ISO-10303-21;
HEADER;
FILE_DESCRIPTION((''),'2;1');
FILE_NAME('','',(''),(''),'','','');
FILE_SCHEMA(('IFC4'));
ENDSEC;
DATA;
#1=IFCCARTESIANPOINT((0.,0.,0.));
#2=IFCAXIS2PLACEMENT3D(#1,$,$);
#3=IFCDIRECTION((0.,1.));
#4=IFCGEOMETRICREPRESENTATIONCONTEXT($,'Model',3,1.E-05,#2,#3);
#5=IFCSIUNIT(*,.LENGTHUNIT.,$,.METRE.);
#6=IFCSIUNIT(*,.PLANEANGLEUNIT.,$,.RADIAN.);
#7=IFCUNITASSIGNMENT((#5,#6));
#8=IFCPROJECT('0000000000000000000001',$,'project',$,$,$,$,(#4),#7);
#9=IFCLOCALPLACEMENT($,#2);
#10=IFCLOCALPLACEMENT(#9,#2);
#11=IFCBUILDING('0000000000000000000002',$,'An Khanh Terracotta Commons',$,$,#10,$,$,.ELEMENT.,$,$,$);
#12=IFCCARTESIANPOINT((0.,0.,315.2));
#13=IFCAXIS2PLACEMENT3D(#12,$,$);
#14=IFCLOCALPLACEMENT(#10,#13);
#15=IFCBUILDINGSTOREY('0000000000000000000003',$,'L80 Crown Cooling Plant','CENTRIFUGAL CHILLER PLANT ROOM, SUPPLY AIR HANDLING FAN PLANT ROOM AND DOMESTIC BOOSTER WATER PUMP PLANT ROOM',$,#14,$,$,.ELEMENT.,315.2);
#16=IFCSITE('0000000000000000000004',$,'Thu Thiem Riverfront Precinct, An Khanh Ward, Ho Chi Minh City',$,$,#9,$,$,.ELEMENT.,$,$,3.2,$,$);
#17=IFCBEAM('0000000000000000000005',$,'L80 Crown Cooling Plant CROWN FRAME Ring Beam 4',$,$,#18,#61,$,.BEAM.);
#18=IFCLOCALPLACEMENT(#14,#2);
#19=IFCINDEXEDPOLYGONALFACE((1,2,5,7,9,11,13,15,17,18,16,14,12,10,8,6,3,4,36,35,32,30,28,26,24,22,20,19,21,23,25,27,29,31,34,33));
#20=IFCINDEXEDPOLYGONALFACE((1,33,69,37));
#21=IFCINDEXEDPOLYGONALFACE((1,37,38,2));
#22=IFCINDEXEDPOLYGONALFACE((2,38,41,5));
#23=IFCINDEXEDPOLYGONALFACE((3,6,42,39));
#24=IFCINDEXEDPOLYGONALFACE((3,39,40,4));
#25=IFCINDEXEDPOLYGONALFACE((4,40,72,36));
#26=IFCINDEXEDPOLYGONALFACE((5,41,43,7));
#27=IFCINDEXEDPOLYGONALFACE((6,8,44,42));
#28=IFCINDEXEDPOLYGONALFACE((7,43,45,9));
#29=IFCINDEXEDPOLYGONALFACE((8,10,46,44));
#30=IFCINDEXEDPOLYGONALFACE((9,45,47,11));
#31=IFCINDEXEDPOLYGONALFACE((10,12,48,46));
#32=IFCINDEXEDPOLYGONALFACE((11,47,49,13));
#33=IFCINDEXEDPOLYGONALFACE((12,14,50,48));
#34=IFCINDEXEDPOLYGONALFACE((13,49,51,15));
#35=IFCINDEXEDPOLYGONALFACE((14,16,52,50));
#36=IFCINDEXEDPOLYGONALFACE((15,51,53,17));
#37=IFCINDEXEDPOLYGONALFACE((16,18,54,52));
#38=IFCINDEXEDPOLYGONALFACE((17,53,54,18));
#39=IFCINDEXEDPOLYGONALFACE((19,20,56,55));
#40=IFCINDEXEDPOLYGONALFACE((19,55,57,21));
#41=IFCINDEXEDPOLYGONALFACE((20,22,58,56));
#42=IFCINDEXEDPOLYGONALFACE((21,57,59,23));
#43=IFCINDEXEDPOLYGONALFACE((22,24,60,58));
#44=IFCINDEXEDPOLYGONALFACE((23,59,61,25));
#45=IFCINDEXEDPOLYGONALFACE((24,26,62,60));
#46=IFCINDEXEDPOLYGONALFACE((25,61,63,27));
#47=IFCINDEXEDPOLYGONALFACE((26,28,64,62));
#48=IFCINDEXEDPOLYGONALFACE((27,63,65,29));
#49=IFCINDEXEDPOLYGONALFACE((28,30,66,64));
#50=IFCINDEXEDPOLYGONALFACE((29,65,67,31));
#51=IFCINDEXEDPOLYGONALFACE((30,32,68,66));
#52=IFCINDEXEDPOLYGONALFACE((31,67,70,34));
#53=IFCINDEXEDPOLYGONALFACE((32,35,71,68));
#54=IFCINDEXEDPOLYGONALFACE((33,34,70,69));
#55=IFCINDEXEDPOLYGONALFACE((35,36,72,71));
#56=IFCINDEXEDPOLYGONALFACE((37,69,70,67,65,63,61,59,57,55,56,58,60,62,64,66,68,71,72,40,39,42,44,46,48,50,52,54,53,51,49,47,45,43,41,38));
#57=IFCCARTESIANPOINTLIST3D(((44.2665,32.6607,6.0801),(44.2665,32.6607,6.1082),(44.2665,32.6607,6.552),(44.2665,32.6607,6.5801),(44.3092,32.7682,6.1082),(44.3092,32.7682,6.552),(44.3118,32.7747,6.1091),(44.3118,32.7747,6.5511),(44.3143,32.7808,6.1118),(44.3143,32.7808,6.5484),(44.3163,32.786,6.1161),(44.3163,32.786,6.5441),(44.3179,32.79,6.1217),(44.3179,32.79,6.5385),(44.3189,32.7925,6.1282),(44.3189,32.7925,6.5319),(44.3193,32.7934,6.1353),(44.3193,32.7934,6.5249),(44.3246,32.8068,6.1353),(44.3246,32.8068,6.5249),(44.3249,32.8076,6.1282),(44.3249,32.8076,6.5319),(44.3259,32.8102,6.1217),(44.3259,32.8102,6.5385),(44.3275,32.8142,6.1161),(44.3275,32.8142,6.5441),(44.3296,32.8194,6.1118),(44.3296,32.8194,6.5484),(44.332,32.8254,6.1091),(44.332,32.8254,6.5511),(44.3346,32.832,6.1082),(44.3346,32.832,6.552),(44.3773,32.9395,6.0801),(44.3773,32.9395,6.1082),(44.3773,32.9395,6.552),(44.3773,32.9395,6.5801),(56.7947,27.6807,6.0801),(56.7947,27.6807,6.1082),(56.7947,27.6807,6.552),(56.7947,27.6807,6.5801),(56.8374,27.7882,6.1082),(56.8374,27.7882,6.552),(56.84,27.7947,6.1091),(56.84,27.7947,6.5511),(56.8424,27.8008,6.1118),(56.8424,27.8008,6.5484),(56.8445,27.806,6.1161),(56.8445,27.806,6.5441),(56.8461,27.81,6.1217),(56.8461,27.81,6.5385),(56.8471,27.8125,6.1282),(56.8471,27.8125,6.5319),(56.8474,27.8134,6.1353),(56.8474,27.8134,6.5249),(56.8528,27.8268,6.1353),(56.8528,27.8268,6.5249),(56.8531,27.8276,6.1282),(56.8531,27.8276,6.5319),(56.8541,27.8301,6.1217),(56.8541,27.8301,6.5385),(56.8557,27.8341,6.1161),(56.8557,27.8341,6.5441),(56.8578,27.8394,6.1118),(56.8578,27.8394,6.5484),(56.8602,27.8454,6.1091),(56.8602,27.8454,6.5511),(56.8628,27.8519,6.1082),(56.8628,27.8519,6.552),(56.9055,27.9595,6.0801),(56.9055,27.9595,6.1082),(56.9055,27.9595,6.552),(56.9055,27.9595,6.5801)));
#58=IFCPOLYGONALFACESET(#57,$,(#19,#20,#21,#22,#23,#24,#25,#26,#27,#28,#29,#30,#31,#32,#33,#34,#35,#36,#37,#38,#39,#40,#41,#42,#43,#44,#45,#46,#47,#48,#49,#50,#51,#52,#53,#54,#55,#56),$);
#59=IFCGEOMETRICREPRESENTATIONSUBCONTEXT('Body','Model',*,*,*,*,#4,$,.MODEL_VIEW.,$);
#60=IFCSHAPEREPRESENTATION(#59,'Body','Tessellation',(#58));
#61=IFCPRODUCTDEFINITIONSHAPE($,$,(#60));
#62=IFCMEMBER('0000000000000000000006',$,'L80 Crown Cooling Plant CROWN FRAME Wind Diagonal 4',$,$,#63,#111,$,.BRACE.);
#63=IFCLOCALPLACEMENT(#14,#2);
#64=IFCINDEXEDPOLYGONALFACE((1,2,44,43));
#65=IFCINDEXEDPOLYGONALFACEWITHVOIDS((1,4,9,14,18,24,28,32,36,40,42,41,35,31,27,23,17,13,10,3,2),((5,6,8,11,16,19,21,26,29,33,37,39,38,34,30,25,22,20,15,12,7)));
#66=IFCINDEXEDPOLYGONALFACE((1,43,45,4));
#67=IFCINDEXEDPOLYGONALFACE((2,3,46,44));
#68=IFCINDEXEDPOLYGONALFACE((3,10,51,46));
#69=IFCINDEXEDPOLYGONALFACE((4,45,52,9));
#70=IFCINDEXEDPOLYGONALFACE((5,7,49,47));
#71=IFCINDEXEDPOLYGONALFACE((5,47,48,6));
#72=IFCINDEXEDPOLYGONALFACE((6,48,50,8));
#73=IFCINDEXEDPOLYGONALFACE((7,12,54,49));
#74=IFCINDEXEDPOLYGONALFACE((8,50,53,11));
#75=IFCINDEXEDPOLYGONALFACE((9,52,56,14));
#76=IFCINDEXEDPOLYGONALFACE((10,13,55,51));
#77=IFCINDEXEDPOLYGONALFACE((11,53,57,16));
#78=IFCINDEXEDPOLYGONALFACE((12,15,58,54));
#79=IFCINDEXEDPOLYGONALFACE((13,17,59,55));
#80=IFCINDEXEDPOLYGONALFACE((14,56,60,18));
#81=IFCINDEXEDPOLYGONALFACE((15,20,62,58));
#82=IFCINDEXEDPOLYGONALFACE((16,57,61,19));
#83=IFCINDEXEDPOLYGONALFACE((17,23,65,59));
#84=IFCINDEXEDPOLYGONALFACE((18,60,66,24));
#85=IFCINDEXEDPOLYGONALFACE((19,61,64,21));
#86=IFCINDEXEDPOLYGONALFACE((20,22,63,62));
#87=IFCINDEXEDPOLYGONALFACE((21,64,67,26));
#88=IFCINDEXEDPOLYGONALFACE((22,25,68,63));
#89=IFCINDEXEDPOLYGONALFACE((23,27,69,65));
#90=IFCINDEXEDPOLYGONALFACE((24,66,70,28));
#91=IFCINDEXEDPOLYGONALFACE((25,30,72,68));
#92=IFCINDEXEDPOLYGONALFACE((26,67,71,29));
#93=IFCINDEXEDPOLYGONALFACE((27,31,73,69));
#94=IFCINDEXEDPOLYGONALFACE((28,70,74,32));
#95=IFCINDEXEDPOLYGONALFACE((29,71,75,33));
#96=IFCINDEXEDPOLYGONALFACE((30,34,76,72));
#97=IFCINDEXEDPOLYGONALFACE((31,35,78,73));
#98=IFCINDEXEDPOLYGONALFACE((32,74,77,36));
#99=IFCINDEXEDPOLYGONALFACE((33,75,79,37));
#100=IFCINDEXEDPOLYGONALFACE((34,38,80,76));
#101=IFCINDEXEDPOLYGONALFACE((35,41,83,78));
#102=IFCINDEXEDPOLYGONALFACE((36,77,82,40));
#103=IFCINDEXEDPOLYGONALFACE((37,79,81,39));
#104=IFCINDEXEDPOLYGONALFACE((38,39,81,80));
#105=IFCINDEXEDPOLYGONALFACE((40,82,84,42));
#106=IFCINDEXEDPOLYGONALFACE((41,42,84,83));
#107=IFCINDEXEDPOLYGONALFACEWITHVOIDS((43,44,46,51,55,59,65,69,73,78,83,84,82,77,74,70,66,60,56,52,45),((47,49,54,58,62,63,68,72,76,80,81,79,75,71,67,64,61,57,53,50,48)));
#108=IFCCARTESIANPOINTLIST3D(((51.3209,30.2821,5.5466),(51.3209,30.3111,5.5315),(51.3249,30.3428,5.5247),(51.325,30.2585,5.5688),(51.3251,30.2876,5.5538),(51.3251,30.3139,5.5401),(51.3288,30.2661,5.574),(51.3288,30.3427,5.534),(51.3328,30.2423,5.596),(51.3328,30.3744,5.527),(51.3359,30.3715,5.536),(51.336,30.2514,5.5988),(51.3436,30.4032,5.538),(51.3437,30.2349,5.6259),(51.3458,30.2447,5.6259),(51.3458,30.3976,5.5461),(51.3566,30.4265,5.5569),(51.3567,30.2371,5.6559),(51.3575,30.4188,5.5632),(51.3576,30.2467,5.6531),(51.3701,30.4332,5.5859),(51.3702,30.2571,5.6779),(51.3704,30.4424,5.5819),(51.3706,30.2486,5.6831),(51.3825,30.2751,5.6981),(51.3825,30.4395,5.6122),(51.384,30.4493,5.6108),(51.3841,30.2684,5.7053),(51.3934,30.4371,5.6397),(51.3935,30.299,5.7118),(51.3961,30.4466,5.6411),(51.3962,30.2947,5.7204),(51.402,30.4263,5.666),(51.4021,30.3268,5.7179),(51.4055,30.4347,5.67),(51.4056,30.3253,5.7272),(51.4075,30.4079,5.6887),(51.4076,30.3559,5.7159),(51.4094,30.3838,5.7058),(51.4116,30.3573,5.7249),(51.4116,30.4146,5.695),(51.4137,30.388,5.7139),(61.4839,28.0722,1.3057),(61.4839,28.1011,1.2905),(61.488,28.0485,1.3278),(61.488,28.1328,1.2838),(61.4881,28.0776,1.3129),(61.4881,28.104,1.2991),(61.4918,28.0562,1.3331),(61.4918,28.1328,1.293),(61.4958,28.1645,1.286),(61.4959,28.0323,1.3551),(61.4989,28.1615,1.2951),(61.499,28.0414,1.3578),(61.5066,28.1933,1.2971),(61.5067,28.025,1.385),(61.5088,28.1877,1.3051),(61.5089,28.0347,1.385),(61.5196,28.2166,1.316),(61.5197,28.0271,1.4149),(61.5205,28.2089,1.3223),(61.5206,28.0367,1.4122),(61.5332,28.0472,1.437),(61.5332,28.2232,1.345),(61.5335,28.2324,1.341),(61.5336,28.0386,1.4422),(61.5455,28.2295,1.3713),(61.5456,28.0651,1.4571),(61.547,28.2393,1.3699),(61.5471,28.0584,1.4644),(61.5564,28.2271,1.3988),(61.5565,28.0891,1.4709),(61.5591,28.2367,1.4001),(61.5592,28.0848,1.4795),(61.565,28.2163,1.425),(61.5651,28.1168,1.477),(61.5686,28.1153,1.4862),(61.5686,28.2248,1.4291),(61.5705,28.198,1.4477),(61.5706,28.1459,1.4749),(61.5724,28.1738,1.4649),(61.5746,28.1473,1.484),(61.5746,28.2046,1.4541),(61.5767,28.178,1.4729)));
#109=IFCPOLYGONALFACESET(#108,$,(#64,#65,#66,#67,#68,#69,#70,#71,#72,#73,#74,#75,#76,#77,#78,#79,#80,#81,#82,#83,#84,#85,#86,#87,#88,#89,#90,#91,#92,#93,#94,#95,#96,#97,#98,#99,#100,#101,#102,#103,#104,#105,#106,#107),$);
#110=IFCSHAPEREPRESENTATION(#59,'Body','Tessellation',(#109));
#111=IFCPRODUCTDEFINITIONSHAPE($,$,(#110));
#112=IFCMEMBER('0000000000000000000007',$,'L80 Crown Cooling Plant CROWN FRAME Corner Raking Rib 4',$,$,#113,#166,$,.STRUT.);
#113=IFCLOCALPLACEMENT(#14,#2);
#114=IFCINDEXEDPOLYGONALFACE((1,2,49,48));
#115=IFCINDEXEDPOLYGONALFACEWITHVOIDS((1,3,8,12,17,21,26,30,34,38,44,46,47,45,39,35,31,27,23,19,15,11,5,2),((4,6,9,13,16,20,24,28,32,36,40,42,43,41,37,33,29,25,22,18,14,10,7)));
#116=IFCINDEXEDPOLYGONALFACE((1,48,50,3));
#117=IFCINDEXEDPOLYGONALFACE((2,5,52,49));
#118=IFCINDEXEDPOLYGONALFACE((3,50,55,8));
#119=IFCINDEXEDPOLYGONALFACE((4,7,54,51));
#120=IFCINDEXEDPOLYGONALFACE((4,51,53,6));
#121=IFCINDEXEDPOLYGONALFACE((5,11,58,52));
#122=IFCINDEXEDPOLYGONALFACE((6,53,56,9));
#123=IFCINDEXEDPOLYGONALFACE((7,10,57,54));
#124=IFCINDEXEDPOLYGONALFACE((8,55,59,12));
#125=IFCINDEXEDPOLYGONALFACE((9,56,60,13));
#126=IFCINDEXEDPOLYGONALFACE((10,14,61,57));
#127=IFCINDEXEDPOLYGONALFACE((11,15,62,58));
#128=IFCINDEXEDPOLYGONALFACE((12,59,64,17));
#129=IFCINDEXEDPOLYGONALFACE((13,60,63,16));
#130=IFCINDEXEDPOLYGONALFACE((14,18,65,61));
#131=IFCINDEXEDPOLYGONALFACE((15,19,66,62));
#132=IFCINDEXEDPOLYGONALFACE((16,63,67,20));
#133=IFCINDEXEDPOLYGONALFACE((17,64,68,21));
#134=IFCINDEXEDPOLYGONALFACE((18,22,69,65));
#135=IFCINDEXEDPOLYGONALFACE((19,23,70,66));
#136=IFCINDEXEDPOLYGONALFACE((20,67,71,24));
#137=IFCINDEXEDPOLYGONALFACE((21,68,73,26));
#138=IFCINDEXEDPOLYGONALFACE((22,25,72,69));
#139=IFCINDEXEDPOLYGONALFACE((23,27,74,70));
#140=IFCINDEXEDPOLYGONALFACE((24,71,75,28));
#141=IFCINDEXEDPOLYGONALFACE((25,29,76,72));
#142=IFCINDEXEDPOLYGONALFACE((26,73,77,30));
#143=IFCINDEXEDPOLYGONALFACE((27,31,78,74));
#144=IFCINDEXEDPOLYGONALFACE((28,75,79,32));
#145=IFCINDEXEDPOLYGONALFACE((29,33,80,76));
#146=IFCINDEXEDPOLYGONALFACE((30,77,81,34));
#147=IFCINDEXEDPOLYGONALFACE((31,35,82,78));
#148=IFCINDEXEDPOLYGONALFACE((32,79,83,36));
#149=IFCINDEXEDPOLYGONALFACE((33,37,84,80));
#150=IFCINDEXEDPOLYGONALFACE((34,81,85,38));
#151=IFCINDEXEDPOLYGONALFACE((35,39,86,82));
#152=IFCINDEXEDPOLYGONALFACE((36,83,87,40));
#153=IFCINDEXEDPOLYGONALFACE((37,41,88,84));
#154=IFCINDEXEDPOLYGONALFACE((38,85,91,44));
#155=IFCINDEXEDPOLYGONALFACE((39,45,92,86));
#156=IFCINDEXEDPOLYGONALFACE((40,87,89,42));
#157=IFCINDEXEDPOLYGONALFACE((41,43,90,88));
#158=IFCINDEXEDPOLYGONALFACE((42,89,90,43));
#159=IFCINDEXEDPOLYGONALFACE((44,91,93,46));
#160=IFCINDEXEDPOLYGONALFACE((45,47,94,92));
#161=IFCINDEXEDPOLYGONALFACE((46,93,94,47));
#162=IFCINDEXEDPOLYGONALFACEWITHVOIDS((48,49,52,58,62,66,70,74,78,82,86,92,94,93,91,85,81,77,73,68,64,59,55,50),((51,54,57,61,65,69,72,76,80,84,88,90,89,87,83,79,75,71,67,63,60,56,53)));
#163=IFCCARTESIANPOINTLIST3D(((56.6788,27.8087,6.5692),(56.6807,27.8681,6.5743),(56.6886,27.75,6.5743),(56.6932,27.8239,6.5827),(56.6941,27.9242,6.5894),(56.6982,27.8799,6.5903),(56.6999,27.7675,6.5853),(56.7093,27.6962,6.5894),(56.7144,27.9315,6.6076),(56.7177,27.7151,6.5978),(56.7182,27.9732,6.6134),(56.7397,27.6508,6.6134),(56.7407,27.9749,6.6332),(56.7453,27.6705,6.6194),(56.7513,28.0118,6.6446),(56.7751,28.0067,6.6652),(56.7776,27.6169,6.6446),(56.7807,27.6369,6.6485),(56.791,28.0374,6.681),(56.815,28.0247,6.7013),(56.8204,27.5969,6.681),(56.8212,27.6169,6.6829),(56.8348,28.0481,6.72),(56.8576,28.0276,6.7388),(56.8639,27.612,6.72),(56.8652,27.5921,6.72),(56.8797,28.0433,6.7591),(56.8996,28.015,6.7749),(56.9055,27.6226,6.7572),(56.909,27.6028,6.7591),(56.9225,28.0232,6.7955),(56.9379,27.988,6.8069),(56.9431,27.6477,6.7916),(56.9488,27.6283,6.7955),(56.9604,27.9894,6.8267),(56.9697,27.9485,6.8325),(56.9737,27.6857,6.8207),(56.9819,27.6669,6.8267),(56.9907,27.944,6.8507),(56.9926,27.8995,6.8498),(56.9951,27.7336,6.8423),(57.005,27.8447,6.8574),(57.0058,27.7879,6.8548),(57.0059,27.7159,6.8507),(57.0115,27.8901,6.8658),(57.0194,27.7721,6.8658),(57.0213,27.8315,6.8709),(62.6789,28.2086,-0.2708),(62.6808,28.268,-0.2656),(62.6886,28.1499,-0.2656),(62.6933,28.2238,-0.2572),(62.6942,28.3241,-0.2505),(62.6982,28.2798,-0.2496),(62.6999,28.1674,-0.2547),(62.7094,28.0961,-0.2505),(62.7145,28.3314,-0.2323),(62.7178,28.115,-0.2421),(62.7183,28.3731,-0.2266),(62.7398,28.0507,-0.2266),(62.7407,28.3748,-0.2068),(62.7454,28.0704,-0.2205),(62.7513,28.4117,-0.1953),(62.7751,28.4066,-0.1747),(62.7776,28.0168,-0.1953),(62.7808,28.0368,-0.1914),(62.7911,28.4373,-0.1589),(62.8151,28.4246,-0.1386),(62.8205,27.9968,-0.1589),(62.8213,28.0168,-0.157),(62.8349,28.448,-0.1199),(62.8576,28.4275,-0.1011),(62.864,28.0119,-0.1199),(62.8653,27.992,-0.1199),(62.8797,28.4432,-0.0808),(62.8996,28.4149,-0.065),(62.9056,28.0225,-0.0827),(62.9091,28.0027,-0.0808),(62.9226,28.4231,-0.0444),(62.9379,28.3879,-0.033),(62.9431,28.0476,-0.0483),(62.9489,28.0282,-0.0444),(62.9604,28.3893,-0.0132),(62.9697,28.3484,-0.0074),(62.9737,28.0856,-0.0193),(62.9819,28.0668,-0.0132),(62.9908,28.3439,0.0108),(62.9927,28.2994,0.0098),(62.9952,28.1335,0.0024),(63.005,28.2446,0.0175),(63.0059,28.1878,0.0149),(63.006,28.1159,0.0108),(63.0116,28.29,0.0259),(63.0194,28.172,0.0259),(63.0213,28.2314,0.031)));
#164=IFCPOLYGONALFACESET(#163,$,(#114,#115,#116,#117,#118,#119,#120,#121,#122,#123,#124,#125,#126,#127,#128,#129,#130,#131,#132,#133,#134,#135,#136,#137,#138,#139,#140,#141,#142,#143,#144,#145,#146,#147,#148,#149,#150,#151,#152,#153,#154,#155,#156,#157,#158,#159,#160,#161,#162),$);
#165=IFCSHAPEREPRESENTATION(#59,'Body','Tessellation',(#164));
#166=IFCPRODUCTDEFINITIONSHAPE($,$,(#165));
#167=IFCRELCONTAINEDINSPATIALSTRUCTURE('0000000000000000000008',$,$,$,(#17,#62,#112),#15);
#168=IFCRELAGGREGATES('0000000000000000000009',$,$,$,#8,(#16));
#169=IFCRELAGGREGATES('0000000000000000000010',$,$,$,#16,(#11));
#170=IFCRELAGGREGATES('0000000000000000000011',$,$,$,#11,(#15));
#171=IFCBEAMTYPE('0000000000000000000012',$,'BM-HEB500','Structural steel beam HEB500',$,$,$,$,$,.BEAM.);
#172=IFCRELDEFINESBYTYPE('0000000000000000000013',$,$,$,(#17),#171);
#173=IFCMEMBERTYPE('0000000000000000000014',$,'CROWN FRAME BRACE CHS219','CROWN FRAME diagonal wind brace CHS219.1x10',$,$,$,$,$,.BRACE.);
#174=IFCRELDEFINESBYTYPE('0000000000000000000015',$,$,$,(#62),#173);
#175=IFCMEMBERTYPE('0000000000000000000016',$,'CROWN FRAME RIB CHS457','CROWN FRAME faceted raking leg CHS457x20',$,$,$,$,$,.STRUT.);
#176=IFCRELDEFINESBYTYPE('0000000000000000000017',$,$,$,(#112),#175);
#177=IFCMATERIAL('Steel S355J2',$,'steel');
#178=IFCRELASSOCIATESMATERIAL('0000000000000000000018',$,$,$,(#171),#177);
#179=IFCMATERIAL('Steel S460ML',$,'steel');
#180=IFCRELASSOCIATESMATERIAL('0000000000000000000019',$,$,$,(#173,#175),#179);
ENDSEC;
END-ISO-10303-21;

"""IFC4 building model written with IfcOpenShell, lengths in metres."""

from ifc_helpers import new_model, si_unit, direction, frame, origin, origin_2d, place, context, subcontext, project, spatial, hollow_circle, i_section, extrude, material, material_profile, profile_set, type_object, element, save


model = new_model("IFC4")

# Units and contexts
model_context = context("Model", 3, precision=1e-05, world=origin(), true_north=direction((0.0, 1.0)))
body_context = subcontext(model_context, "Body", "Model", "MODEL_VIEW")
ifc_project = project(units=[si_unit("LENGTHUNIT", "METRE"), si_unit("PLANEANGLEUNIT", "RADIAN")], contexts=[model_context])

# Site, building, storey
site_placement = place(None, origin())
site = spatial("IfcSite", under=ifc_project, at=site_placement, Name="Thu Thiem Riverfront Precinct, An Khanh Ward, Ho Chi Minh City", CompositionType="ELEMENT", RefElevation=3.2)
building_placement = place(site_placement, origin())
building = spatial("IfcBuilding", under=site, at=building_placement, Name="An Khanh Terracotta Commons", CompositionType="ELEMENT")
storey_placement = place(building_placement, frame((0.0, 0.0, 315.2)))
storey = spatial("IfcBuildingStorey", under=building, at=storey_placement, Name="L80 Crown Cooling Plant", Description="CENTRIFUGAL CHILLER PLANT ROOM, SUPPLY AIR HANDLING FAN PLANT ROOM AND DOMESTIC BOOSTER WATER PUMP PLANT ROOM", CompositionType="ELEMENT", Elevation=315.2)

# Beam
ifc_material_1 = material(Name="Steel S355J2", Category="steel")
ifc_material_profile_1 = material_profile(ifc_material_1, i_section(OverallWidth=0.3, OverallDepth=0.5, WebThickness=0.0144, FlangeThickness=0.0281, FilletRadius=0.0271, at=origin_2d()), Name="HEB500")
ifc_profile_set_1 = profile_set([ifc_material_profile_1], Name="Steel S355J2")
beam_type = type_object("IfcBeamType", Name="BM-HEB500", Description="Structural steel beam HEB500", PredefinedType="BEAM", material=ifc_profile_set_1)
beam_placement = place(storey_placement, frame((56.8501, 27.8201, 6.3301), z_axis=(-0.929274, 0.369392, 0.0), x_axis=(-0.369392, -0.929274, 0.0)))
element("IfcBeam", 1, at=beam_placement, inside=storey, type_object=beam_type, Name="L80 Crown Cooling Plant CROWN FRAME Ring Beam 4", PredefinedType="BEAM", context=body_context, shape_type="SweptSolid", body=[
    extrude(i_section(OverallWidth=0.3, OverallDepth=0.5, WebThickness=0.0144, FlangeThickness=0.0281, FilletRadius=0.0271, at=origin_2d()), origin(), (0.0, 0.0, 1.0), 13.4817),
])

# Members
ifc_material_2 = material(Name="Steel S460ML", Category="steel")
ifc_material_profile_2 = material_profile(ifc_material_2, hollow_circle(Radius=0.1096, WallThickness=0.01, at=origin_2d()), Name="CHS219.1x10")
ifc_profile_set_2 = profile_set([ifc_material_profile_2], Name="Steel S460ML")
member_type_1 = type_object("IfcMemberType", Name="CROWN FRAME BRACE CHS219", Description="CROWN FRAME diagonal wind brace CHS219.1x10", PredefinedType="BRACE", material=ifc_profile_set_2)
member_1_placement = place(storey_placement, frame((61.53, 28.1321, 1.385), z_axis=(-0.904832, 0.196756, 0.377579), x_axis=(-0.212484, -0.977164, 0.0)))
element("IfcMember", 2, at=member_1_placement, inside=storey, type_object=member_type_1, Name="L80 Crown Cooling Plant CROWN FRAME Wind Diagonal 4", PredefinedType="BRACE", context=body_context, shape_type="SweptSolid", body=[
    extrude(hollow_circle(Radius=0.1096, WallThickness=0.01, at=origin_2d()), origin(), (0.0, 0.0, 1.0), 11.2319),
])
ifc_material_profile_3 = material_profile(ifc_material_2, hollow_circle(Radius=0.2285, WallThickness=0.02, at=origin_2d()), Name="CHS457x20")
ifc_profile_set_3 = profile_set([ifc_material_profile_3], Name="Steel S460ML")
member_type_2 = type_object("IfcMemberType", Name="CROWN FRAME RIB CHS457", Description="CROWN FRAME faceted raking leg CHS457x20", PredefinedType="STRUT", material=ifc_profile_set_3)
member_2_placement = place(storey_placement, frame((62.8501, 28.22, -0.1199), z_axis=(-0.65881, -0.04391, 0.751027), x_axis=(0.066503, -0.997786, 0.0)))
element("IfcMember", 3, at=member_2_placement, inside=storey, type_object=member_type_2, Name="L80 Crown Cooling Plant CROWN FRAME Corner Raking Rib 4", PredefinedType="STRUT", context=body_context, shape_type="SweptSolid", body=[
    extrude(hollow_circle(Radius=0.2285, WallThickness=0.02, at=origin_2d()), origin(), (0.0, 0.0, 1.0), 9.1074),
])

save(model, "model.ifc")
